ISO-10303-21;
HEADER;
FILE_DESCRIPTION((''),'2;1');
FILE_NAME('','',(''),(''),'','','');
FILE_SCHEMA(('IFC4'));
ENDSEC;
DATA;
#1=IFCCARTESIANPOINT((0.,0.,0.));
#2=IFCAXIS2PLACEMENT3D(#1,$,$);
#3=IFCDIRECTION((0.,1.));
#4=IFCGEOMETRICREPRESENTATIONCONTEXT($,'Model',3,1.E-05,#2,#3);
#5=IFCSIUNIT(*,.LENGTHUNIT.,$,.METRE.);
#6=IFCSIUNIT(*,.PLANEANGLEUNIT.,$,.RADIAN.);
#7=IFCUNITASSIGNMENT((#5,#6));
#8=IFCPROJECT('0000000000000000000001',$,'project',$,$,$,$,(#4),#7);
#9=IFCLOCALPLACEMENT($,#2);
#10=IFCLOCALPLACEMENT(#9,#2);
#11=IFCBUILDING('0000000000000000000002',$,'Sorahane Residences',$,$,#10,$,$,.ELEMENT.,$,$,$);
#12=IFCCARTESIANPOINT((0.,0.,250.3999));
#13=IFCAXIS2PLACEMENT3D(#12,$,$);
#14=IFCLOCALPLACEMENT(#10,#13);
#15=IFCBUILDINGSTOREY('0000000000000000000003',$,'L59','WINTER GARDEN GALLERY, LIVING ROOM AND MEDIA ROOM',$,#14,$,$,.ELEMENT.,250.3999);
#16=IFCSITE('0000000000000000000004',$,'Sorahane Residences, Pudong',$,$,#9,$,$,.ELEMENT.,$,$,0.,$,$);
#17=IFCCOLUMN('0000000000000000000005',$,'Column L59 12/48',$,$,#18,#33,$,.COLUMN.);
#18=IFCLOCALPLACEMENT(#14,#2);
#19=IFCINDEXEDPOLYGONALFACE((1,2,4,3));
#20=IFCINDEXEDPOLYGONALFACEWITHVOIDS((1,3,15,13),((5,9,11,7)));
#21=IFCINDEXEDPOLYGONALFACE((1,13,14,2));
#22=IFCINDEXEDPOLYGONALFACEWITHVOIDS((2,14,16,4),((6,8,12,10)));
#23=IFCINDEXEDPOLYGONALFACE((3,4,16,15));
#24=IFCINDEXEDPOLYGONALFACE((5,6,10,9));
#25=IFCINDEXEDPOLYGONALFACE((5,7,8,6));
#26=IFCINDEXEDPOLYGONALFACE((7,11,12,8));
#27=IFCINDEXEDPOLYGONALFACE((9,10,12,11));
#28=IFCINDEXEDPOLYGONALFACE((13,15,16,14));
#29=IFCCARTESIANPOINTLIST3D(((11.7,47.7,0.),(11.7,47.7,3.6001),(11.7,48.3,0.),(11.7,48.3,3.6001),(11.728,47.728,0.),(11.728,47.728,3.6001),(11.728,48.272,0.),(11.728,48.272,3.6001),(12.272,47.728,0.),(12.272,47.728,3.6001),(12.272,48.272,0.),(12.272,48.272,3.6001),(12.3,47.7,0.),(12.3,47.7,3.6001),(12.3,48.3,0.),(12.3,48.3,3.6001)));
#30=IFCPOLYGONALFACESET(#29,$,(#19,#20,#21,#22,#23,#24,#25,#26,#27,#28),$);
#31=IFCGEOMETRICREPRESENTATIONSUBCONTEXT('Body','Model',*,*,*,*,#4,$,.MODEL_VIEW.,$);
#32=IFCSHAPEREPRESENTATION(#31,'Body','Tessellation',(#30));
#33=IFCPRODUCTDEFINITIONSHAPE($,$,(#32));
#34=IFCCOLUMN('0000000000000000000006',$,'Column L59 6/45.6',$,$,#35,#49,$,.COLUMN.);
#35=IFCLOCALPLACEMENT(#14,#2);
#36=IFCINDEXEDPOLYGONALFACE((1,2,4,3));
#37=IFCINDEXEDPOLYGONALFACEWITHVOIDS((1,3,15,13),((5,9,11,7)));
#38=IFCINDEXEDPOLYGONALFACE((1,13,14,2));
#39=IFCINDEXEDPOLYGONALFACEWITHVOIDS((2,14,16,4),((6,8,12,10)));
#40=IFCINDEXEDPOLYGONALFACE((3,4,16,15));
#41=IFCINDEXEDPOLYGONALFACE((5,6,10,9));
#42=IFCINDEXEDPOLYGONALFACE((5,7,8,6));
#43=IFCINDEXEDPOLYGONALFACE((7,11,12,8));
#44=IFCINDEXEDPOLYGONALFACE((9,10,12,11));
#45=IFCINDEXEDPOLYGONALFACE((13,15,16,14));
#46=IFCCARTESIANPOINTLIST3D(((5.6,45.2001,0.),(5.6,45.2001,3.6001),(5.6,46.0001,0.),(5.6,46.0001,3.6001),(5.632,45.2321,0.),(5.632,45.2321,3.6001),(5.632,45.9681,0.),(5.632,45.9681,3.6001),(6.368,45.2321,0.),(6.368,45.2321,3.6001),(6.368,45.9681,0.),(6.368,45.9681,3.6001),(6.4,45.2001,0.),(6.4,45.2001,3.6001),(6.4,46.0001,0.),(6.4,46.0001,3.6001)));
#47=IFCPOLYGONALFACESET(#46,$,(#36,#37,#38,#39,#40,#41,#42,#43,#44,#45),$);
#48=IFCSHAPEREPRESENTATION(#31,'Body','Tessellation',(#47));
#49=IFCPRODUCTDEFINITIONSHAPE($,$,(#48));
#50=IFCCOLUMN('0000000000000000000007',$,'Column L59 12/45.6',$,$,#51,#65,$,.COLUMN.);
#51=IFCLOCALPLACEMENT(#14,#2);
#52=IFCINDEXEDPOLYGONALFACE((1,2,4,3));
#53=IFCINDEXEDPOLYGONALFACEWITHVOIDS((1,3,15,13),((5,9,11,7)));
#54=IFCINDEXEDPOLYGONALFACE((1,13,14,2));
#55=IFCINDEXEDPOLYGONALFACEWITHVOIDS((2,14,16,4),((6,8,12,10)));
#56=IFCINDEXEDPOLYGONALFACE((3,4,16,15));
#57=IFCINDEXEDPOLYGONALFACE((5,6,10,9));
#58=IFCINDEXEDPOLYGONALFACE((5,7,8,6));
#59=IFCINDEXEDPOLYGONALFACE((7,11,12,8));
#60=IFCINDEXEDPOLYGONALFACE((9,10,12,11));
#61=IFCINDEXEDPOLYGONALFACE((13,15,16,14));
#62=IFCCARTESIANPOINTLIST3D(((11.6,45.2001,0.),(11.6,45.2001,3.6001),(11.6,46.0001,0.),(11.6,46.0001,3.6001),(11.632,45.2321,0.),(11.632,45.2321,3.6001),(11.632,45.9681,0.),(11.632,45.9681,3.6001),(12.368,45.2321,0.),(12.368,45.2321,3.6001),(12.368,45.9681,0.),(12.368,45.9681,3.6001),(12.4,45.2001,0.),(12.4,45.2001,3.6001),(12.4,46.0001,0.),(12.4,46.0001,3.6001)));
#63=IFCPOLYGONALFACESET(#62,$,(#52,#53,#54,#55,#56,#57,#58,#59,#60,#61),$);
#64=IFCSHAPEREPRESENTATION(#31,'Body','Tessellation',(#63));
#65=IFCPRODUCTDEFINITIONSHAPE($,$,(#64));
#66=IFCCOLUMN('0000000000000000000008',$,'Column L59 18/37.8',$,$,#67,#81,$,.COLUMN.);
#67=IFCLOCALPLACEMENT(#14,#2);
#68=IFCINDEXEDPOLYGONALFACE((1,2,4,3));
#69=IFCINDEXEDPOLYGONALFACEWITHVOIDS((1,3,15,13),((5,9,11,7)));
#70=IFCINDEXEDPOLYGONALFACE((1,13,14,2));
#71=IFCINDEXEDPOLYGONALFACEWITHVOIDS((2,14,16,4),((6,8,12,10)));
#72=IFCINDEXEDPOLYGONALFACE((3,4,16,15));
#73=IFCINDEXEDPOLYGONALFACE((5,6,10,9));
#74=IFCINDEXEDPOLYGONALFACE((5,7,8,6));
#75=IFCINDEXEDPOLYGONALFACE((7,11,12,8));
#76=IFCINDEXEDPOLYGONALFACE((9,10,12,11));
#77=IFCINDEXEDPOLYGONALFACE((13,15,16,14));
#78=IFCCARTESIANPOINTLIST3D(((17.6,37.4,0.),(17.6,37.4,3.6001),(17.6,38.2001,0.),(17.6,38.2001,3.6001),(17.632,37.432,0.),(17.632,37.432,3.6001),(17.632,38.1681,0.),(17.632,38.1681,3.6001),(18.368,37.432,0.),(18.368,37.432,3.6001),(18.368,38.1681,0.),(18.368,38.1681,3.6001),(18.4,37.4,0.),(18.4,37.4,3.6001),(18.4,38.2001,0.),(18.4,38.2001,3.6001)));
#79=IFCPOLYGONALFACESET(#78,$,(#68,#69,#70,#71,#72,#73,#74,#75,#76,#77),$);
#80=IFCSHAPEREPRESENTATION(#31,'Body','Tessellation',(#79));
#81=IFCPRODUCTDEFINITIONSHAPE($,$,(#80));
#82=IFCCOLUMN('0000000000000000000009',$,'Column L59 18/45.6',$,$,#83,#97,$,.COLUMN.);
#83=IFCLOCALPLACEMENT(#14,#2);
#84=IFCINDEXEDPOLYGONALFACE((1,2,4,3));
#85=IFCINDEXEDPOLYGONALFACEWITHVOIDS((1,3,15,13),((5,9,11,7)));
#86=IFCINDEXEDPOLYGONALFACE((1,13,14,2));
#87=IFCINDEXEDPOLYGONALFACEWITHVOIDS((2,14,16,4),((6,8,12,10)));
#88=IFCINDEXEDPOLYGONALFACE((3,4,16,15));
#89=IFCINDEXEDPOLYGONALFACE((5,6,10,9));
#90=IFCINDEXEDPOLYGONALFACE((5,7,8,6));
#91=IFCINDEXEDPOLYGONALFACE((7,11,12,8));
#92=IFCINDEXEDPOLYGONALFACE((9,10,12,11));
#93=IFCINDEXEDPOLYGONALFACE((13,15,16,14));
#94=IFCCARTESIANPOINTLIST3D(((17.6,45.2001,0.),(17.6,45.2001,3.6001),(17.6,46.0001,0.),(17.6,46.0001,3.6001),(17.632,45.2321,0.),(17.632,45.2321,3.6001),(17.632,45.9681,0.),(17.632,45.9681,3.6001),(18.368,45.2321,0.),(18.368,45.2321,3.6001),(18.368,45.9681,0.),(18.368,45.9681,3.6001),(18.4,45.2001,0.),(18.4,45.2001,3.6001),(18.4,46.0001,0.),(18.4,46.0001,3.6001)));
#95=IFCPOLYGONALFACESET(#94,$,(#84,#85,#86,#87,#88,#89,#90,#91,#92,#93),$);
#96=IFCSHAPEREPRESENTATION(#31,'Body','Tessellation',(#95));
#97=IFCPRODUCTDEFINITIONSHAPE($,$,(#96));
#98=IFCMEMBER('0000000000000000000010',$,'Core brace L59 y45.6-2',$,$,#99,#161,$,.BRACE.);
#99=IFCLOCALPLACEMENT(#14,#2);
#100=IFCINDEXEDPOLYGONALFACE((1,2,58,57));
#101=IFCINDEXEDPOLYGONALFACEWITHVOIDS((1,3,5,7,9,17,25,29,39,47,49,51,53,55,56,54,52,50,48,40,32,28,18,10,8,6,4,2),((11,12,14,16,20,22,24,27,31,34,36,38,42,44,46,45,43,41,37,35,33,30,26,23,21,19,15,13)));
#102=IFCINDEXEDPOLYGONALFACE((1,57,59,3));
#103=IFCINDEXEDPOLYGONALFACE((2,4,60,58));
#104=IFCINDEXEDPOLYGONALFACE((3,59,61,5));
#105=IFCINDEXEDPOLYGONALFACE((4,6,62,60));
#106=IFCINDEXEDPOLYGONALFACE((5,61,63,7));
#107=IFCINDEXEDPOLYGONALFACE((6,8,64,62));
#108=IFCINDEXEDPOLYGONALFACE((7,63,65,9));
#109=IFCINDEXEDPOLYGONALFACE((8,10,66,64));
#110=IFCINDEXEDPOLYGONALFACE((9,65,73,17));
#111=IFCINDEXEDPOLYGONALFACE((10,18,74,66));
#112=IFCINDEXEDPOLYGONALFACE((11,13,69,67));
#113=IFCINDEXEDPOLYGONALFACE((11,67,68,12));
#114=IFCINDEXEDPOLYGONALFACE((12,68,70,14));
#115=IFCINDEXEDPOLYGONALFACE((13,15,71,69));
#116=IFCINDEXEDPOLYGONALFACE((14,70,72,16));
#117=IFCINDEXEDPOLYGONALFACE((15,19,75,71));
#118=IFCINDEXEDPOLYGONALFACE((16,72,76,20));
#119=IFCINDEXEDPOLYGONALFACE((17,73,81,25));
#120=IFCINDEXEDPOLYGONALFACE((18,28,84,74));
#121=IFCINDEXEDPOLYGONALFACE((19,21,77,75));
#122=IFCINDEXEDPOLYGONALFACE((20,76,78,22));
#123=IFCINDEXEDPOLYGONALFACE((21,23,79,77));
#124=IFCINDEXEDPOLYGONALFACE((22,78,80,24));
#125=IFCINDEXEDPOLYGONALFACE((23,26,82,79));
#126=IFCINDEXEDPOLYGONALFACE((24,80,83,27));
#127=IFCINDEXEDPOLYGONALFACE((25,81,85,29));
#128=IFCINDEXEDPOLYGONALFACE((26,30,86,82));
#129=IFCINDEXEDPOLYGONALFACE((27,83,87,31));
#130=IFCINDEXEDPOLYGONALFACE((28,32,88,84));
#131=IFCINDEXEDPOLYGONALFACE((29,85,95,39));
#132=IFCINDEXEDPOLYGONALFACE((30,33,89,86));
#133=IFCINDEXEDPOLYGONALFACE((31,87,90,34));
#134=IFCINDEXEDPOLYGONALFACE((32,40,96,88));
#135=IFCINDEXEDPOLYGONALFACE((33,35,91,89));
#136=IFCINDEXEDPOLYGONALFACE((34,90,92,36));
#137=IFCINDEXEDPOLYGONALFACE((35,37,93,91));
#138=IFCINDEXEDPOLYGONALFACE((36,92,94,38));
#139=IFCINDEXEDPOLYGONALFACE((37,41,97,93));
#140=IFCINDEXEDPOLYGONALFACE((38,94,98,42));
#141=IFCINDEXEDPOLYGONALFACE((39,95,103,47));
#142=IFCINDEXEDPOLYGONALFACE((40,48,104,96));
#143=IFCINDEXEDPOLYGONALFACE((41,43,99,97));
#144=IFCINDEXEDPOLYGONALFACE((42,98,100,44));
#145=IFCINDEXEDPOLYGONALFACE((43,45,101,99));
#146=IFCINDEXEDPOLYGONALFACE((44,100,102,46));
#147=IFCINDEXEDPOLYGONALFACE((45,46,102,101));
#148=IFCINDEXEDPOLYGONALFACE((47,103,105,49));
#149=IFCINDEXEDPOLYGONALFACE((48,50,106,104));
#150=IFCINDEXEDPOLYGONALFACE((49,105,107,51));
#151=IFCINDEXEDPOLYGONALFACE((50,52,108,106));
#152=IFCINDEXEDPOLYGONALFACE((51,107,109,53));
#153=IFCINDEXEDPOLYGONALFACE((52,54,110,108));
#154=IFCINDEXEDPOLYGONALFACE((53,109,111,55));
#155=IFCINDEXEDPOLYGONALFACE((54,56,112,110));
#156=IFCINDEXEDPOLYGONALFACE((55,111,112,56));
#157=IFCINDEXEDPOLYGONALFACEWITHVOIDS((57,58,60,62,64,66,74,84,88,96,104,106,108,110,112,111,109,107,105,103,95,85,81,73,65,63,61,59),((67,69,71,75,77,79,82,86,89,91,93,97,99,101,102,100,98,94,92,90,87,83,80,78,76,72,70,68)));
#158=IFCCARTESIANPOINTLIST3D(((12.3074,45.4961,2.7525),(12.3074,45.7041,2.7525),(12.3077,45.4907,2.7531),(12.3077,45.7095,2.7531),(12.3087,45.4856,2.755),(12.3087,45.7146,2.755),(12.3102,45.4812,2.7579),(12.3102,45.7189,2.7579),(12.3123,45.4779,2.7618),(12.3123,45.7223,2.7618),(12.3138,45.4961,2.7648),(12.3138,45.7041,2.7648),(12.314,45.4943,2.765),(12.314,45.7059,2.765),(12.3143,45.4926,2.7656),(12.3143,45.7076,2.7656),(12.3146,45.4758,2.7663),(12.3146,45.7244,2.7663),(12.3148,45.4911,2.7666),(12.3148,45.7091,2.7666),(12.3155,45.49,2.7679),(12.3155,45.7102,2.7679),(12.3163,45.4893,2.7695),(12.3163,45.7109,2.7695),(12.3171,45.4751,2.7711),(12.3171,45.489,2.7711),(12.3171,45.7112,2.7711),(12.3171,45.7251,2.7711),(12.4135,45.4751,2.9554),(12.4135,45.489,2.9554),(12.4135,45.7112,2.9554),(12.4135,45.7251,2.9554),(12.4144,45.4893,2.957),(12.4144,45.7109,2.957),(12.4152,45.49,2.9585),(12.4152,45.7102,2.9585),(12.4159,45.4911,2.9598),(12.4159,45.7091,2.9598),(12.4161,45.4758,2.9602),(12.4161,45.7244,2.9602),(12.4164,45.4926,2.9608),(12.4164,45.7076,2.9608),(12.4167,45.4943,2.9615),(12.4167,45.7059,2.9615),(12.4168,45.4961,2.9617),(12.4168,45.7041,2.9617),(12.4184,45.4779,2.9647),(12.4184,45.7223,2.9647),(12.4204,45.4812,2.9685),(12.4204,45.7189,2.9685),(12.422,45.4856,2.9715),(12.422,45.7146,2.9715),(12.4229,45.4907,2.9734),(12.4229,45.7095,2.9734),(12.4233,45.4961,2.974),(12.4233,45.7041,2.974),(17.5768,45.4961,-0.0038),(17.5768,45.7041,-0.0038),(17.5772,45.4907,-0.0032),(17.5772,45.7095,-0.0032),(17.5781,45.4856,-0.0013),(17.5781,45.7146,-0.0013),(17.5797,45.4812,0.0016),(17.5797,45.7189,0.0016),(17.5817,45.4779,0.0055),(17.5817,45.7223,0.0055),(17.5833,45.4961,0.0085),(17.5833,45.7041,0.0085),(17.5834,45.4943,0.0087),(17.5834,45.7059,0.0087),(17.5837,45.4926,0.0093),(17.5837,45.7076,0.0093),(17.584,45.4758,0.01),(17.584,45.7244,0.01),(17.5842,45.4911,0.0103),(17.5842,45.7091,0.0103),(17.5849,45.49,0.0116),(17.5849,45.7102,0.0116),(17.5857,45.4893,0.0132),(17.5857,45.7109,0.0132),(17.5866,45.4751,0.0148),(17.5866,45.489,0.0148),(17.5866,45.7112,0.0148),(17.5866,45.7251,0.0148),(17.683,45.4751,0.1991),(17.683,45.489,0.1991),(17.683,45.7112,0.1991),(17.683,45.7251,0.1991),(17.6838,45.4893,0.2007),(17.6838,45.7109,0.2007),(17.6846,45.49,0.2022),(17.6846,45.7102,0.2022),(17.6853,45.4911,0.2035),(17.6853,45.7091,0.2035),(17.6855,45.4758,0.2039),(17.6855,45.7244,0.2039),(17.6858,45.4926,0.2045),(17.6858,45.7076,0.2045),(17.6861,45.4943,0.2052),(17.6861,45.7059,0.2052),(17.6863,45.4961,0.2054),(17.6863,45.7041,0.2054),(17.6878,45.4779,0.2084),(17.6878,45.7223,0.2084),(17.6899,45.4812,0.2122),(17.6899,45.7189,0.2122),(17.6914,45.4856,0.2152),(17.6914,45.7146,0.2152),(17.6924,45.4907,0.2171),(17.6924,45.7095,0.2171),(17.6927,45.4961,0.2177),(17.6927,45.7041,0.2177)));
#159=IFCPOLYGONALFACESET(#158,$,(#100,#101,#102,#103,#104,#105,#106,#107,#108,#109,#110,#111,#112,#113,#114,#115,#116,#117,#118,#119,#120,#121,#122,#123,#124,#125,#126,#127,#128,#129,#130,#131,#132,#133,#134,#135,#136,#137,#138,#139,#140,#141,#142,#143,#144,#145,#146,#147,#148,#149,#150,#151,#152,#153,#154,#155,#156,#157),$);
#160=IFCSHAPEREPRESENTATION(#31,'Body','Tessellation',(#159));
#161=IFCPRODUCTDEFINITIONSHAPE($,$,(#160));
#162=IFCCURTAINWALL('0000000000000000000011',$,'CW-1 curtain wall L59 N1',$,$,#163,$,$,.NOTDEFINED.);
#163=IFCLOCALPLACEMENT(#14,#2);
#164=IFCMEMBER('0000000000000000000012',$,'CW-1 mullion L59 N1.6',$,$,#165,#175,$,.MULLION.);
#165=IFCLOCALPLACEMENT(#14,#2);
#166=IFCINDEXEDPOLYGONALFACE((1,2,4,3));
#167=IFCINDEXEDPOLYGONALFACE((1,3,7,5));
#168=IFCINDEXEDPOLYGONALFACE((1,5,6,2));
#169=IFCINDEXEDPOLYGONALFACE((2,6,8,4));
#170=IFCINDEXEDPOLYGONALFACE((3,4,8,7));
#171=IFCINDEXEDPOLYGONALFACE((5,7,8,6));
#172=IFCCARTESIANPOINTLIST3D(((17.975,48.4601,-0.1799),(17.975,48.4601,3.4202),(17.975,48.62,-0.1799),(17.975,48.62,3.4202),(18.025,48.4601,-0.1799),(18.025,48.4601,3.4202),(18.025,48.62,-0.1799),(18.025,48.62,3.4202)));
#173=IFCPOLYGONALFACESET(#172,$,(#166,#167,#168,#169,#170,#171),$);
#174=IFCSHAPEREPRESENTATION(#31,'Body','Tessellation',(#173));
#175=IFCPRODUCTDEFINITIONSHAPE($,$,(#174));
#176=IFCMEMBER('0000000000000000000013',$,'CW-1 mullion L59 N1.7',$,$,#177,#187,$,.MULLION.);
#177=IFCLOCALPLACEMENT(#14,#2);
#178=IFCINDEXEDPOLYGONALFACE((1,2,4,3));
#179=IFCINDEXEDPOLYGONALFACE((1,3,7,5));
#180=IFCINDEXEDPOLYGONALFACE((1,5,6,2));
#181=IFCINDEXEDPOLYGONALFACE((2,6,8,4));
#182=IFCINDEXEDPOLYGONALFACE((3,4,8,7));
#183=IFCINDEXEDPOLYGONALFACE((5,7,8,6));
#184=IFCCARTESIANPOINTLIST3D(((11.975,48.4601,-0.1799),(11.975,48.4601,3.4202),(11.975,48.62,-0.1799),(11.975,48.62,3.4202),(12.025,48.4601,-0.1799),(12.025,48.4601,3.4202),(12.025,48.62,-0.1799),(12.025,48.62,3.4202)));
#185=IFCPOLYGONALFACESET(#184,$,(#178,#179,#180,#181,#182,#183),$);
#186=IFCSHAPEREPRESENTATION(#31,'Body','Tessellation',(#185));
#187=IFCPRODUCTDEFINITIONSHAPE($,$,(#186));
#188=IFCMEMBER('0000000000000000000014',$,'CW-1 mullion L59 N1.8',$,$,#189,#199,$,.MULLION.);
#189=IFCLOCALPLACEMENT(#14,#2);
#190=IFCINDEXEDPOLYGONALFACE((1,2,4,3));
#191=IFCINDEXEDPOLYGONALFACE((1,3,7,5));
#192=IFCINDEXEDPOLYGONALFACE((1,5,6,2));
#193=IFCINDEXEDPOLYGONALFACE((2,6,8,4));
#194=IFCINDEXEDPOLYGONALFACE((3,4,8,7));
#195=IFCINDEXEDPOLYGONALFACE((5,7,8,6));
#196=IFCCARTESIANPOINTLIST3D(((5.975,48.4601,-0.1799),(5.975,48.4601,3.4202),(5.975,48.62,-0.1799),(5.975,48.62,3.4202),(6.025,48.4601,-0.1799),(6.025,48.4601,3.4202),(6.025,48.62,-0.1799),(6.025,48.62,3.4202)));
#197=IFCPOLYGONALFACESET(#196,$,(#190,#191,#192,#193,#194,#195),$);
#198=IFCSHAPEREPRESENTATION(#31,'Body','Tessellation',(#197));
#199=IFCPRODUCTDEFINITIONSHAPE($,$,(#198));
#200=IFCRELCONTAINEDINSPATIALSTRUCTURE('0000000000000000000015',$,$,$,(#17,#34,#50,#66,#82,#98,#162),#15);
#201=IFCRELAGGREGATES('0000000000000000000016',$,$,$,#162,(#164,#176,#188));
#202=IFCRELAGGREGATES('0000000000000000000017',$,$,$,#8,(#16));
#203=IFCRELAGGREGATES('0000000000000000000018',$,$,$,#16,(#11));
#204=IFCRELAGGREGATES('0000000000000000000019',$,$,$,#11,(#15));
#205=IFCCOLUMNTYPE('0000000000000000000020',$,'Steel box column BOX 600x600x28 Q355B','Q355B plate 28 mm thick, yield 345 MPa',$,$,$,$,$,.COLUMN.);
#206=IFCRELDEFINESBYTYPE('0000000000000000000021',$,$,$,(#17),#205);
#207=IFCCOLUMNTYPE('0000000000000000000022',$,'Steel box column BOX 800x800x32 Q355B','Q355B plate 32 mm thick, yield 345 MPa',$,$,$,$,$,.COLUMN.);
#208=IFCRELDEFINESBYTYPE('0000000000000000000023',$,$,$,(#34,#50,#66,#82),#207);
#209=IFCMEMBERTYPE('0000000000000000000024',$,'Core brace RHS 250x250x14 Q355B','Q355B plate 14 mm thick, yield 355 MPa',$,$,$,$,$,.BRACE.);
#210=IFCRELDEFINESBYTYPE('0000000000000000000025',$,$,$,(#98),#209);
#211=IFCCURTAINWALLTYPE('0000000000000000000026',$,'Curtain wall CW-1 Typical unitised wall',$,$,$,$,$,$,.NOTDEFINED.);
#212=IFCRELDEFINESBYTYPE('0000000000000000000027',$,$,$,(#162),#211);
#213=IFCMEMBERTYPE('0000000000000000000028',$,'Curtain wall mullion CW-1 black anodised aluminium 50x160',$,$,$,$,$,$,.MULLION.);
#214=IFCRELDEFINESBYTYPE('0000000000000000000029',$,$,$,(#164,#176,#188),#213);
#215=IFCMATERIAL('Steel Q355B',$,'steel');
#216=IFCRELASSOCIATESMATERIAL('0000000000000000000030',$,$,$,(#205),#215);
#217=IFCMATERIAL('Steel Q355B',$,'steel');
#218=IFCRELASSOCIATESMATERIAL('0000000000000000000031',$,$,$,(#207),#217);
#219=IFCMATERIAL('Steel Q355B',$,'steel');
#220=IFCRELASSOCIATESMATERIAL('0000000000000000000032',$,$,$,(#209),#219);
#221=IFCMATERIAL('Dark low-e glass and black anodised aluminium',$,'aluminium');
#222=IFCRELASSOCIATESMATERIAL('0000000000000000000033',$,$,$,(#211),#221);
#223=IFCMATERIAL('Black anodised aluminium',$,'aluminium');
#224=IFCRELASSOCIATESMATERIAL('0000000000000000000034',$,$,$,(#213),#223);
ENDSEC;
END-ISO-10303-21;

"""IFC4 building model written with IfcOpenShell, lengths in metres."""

from ifc_helpers import new_model, si_unit, direction, frame, origin, origin_2d, place, context, subcontext, project, spatial, rectangle, hollow_rectangle, extrude, material, material_profile, profile_set, type_object, element, aggregate, save


model = new_model("IFC4")

# Units and contexts
model_context = context("Model", 3, precision=1e-05, world=origin(), true_north=direction((0.0, 1.0)))
body_context = subcontext(model_context, "Body", "Model", "MODEL_VIEW")
ifc_project = project(units=[si_unit("LENGTHUNIT", "METRE"), si_unit("PLANEANGLEUNIT", "RADIAN")], contexts=[model_context])

# Site, building, storey
site_placement = place(None, origin())
site = spatial("IfcSite", under=ifc_project, at=site_placement, Name="Sorahane Residences, Pudong", CompositionType="ELEMENT", RefElevation=0.0)
building_placement = place(site_placement, origin())
building = spatial("IfcBuilding", under=site, at=building_placement, Name="Sorahane Residences", CompositionType="ELEMENT")
storey_placement = place(building_placement, frame((0.0, 0.0, 250.3999)))
storey = spatial("IfcBuildingStorey", under=building, at=storey_placement, Name="L59", Description="WINTER GARDEN GALLERY, LIVING ROOM AND MEDIA ROOM", CompositionType="ELEMENT", Elevation=250.3999)

# Columns
ifc_material_1 = material(Name="Steel Q355B", Category="steel")
ifc_material_profile_1 = material_profile(ifc_material_1, hollow_rectangle(XDim=0.6001, YDim=0.6001, WallThickness=0.0281, at=origin_2d()), Name="BOX 600x600x28")
ifc_profile_set_1 = profile_set([ifc_material_profile_1], Name="Steel Q355B")
column_type_1 = type_object("IfcColumnType", Name="Steel box column BOX 600x600x28 Q355B", Description="Q355B plate 28 mm thick, yield 345 MPa", PredefinedType="COLUMN", material=ifc_profile_set_1)
column_placement = place(storey_placement, frame((12.0, 48.0, 0.0), z_axis=(0.0, 0.0, 1.0), x_axis=(1.0, 0.0, 0.0)))
element("IfcColumn", 1, at=column_placement, inside=storey, type_object=column_type_1, Name="Column L59 12/48", PredefinedType="COLUMN", context=body_context, shape_type="SweptSolid", body=[
    extrude(hollow_rectangle(XDim=0.6001, YDim=0.6001, WallThickness=0.0281, at=origin_2d()), origin(), (0.0, 0.0, 1.0), 3.6001),
])
ifc_material_2 = material(Name="Steel Q355B", Category="steel")
ifc_material_profile_2 = material_profile(ifc_material_2, hollow_rectangle(XDim=0.8, YDim=0.8, WallThickness=0.032, at=origin_2d()), Name="BOX 800x800x32")
ifc_profile_set_2 = profile_set([ifc_material_profile_2], Name="Steel Q355B")
column_type_2 = type_object("IfcColumnType", Name="Steel box column BOX 800x800x32 Q355B", Description="Q355B plate 32 mm thick, yield 345 MPa", PredefinedType="COLUMN", material=ifc_profile_set_2)
for number, where, z_axis, x_axis, name in (
    (2, (6.0, 45.6001, 0.0), (0.0, 0.0, 1.0), (1.0, 0.0, 0.0), "Column L59 6/45.6"),
    (3, (12.0, 45.6001, 0.0), (0.0, 0.0, 1.0), (1.0, 0.0, 0.0), "Column L59 12/45.6"),
    (4, (18.0, 37.8, 0.0), (0.0, 0.0, 1.0), (1.0, 0.0, 0.0), "Column L59 18/37.8"),
    (5, (18.0, 45.6001, 0.0), (0.0, 0.0, 1.0), (1.0, 0.0, 0.0), "Column L59 18/45.6"),
):
    element("IfcColumn", number, at=place(storey_placement, frame(where, z_axis=z_axis, x_axis=x_axis)), inside=storey, type_object=column_type_2, Name=name, PredefinedType="COLUMN", context=body_context, shape_type="SweptSolid", body=[
        extrude(hollow_rectangle(XDim=0.8, YDim=0.8, WallThickness=0.032, at=origin_2d()), origin(), (0.0, 0.0, 1.0), 3.6001),
    ])

# Member
ifc_material_3 = material(Name="Steel Q355B", Category="steel")
ifc_material_profile_3 = material_profile(ifc_material_3, hollow_rectangle(XDim=0.25, YDim=0.25, WallThickness=0.0139, InnerFilletRadius=0.0071, OuterFilletRadius=0.021, at=origin_2d()), Name="RHS 250x250x14")
ifc_profile_set_3 = profile_set([ifc_material_profile_3], Name="Steel Q355B")
member_type_1 = type_object("IfcMemberType", Name="Core brace RHS 250x250x14 Q355B", Description="Q355B plate 14 mm thick, yield 355 MPa", PredefinedType="BRACE", material=ifc_profile_set_3)
member_1_placement = place(storey_placement, frame((17.6348, 45.6001, 0.1069), z_axis=(-0.8861, 0.0, 0.463495), x_axis=(0.0, -1.0, 0.0)))
element("IfcMember", 6, at=member_1_placement, inside=storey, type_object=member_type_1, Name="Core brace L59 y45.6-2", PredefinedType="BRACE", context=body_context, shape_type="SweptSolid", body=[
    extrude(hollow_rectangle(XDim=0.25, YDim=0.25, WallThickness=0.0139, InnerFilletRadius=0.0071, OuterFilletRadius=0.021, at=origin_2d()), origin(), (0.0, 0.0, 1.0), 5.9468),
])

# Curtain wall, members
ifc_material_4 = material(Name="Dark low-e glass and black anodised aluminium", Category="aluminium")
curtain_wall_type = type_object("IfcCurtainWallType", Name="Curtain wall CW-1 Typical unitised wall", PredefinedType="NOTDEFINED", material=ifc_material_4)
curtain_wall_placement = place(storey_placement, origin())
curtain_wall = element("IfcCurtainWall", 7, at=curtain_wall_placement, inside=storey, type_object=curtain_wall_type, Name="CW-1 curtain wall L59 N1", PredefinedType="NOTDEFINED")
ifc_material_5 = material(Name="Black anodised aluminium", Category="aluminium")
ifc_material_profile_4 = material_profile(ifc_material_5, rectangle(XDim=0.1599, YDim=0.05, at=origin_2d()), Name="Curtain wall mullion CW-1 black anodised aluminium 50x160")
ifc_profile_set_4 = profile_set([ifc_material_profile_4], Name="Black anodised aluminium")
member_type_2 = type_object("IfcMemberType", Name="Curtain wall mullion CW-1 black anodised aluminium 50x160", PredefinedType="MULLION", material=ifc_profile_set_4)
member_2_placement = place(storey_placement, frame((18.0, 48.54, -0.1799), z_axis=(0.0, 0.0, 1.0), x_axis=(0.0, 1.0, 0.0)))
member_2 = element("IfcMember", 8, at=member_2_placement, type_object=member_type_2, Name="CW-1 mullion L59 N1.6", PredefinedType="MULLION", context=body_context, shape_type="SweptSolid", body=[
    extrude(rectangle(XDim=0.1599, YDim=0.05, at=origin_2d()), origin(), (0.0, 0.0, 1.0), 3.6001),
])
member_3_placement = place(storey_placement, frame((12.0, 48.54, -0.1799), z_axis=(0.0, 0.0, 1.0), x_axis=(0.0, 1.0, 0.0)))
member_3 = element("IfcMember", 9, at=member_3_placement, type_object=member_type_2, Name="CW-1 mullion L59 N1.7", PredefinedType="MULLION", context=body_context, shape_type="SweptSolid", body=[
    extrude(rectangle(XDim=0.1599, YDim=0.05, at=origin_2d()), origin(), (0.0, 0.0, 1.0), 3.6001),
])
member_4_placement = place(storey_placement, frame((6.0, 48.54, -0.1799), z_axis=(0.0, 0.0, 1.0), x_axis=(0.0, 1.0, 0.0)))
member_4 = element("IfcMember", 10, at=member_4_placement, type_object=member_type_2, Name="CW-1 mullion L59 N1.8", PredefinedType="MULLION", context=body_context, shape_type="SweptSolid", body=[
    extrude(rectangle(XDim=0.1599, YDim=0.05, at=origin_2d()), origin(), (0.0, 0.0, 1.0), 3.6001),
])

aggregate(curtain_wall, [member_2, member_3, member_4])

save(model, "model.ifc")
